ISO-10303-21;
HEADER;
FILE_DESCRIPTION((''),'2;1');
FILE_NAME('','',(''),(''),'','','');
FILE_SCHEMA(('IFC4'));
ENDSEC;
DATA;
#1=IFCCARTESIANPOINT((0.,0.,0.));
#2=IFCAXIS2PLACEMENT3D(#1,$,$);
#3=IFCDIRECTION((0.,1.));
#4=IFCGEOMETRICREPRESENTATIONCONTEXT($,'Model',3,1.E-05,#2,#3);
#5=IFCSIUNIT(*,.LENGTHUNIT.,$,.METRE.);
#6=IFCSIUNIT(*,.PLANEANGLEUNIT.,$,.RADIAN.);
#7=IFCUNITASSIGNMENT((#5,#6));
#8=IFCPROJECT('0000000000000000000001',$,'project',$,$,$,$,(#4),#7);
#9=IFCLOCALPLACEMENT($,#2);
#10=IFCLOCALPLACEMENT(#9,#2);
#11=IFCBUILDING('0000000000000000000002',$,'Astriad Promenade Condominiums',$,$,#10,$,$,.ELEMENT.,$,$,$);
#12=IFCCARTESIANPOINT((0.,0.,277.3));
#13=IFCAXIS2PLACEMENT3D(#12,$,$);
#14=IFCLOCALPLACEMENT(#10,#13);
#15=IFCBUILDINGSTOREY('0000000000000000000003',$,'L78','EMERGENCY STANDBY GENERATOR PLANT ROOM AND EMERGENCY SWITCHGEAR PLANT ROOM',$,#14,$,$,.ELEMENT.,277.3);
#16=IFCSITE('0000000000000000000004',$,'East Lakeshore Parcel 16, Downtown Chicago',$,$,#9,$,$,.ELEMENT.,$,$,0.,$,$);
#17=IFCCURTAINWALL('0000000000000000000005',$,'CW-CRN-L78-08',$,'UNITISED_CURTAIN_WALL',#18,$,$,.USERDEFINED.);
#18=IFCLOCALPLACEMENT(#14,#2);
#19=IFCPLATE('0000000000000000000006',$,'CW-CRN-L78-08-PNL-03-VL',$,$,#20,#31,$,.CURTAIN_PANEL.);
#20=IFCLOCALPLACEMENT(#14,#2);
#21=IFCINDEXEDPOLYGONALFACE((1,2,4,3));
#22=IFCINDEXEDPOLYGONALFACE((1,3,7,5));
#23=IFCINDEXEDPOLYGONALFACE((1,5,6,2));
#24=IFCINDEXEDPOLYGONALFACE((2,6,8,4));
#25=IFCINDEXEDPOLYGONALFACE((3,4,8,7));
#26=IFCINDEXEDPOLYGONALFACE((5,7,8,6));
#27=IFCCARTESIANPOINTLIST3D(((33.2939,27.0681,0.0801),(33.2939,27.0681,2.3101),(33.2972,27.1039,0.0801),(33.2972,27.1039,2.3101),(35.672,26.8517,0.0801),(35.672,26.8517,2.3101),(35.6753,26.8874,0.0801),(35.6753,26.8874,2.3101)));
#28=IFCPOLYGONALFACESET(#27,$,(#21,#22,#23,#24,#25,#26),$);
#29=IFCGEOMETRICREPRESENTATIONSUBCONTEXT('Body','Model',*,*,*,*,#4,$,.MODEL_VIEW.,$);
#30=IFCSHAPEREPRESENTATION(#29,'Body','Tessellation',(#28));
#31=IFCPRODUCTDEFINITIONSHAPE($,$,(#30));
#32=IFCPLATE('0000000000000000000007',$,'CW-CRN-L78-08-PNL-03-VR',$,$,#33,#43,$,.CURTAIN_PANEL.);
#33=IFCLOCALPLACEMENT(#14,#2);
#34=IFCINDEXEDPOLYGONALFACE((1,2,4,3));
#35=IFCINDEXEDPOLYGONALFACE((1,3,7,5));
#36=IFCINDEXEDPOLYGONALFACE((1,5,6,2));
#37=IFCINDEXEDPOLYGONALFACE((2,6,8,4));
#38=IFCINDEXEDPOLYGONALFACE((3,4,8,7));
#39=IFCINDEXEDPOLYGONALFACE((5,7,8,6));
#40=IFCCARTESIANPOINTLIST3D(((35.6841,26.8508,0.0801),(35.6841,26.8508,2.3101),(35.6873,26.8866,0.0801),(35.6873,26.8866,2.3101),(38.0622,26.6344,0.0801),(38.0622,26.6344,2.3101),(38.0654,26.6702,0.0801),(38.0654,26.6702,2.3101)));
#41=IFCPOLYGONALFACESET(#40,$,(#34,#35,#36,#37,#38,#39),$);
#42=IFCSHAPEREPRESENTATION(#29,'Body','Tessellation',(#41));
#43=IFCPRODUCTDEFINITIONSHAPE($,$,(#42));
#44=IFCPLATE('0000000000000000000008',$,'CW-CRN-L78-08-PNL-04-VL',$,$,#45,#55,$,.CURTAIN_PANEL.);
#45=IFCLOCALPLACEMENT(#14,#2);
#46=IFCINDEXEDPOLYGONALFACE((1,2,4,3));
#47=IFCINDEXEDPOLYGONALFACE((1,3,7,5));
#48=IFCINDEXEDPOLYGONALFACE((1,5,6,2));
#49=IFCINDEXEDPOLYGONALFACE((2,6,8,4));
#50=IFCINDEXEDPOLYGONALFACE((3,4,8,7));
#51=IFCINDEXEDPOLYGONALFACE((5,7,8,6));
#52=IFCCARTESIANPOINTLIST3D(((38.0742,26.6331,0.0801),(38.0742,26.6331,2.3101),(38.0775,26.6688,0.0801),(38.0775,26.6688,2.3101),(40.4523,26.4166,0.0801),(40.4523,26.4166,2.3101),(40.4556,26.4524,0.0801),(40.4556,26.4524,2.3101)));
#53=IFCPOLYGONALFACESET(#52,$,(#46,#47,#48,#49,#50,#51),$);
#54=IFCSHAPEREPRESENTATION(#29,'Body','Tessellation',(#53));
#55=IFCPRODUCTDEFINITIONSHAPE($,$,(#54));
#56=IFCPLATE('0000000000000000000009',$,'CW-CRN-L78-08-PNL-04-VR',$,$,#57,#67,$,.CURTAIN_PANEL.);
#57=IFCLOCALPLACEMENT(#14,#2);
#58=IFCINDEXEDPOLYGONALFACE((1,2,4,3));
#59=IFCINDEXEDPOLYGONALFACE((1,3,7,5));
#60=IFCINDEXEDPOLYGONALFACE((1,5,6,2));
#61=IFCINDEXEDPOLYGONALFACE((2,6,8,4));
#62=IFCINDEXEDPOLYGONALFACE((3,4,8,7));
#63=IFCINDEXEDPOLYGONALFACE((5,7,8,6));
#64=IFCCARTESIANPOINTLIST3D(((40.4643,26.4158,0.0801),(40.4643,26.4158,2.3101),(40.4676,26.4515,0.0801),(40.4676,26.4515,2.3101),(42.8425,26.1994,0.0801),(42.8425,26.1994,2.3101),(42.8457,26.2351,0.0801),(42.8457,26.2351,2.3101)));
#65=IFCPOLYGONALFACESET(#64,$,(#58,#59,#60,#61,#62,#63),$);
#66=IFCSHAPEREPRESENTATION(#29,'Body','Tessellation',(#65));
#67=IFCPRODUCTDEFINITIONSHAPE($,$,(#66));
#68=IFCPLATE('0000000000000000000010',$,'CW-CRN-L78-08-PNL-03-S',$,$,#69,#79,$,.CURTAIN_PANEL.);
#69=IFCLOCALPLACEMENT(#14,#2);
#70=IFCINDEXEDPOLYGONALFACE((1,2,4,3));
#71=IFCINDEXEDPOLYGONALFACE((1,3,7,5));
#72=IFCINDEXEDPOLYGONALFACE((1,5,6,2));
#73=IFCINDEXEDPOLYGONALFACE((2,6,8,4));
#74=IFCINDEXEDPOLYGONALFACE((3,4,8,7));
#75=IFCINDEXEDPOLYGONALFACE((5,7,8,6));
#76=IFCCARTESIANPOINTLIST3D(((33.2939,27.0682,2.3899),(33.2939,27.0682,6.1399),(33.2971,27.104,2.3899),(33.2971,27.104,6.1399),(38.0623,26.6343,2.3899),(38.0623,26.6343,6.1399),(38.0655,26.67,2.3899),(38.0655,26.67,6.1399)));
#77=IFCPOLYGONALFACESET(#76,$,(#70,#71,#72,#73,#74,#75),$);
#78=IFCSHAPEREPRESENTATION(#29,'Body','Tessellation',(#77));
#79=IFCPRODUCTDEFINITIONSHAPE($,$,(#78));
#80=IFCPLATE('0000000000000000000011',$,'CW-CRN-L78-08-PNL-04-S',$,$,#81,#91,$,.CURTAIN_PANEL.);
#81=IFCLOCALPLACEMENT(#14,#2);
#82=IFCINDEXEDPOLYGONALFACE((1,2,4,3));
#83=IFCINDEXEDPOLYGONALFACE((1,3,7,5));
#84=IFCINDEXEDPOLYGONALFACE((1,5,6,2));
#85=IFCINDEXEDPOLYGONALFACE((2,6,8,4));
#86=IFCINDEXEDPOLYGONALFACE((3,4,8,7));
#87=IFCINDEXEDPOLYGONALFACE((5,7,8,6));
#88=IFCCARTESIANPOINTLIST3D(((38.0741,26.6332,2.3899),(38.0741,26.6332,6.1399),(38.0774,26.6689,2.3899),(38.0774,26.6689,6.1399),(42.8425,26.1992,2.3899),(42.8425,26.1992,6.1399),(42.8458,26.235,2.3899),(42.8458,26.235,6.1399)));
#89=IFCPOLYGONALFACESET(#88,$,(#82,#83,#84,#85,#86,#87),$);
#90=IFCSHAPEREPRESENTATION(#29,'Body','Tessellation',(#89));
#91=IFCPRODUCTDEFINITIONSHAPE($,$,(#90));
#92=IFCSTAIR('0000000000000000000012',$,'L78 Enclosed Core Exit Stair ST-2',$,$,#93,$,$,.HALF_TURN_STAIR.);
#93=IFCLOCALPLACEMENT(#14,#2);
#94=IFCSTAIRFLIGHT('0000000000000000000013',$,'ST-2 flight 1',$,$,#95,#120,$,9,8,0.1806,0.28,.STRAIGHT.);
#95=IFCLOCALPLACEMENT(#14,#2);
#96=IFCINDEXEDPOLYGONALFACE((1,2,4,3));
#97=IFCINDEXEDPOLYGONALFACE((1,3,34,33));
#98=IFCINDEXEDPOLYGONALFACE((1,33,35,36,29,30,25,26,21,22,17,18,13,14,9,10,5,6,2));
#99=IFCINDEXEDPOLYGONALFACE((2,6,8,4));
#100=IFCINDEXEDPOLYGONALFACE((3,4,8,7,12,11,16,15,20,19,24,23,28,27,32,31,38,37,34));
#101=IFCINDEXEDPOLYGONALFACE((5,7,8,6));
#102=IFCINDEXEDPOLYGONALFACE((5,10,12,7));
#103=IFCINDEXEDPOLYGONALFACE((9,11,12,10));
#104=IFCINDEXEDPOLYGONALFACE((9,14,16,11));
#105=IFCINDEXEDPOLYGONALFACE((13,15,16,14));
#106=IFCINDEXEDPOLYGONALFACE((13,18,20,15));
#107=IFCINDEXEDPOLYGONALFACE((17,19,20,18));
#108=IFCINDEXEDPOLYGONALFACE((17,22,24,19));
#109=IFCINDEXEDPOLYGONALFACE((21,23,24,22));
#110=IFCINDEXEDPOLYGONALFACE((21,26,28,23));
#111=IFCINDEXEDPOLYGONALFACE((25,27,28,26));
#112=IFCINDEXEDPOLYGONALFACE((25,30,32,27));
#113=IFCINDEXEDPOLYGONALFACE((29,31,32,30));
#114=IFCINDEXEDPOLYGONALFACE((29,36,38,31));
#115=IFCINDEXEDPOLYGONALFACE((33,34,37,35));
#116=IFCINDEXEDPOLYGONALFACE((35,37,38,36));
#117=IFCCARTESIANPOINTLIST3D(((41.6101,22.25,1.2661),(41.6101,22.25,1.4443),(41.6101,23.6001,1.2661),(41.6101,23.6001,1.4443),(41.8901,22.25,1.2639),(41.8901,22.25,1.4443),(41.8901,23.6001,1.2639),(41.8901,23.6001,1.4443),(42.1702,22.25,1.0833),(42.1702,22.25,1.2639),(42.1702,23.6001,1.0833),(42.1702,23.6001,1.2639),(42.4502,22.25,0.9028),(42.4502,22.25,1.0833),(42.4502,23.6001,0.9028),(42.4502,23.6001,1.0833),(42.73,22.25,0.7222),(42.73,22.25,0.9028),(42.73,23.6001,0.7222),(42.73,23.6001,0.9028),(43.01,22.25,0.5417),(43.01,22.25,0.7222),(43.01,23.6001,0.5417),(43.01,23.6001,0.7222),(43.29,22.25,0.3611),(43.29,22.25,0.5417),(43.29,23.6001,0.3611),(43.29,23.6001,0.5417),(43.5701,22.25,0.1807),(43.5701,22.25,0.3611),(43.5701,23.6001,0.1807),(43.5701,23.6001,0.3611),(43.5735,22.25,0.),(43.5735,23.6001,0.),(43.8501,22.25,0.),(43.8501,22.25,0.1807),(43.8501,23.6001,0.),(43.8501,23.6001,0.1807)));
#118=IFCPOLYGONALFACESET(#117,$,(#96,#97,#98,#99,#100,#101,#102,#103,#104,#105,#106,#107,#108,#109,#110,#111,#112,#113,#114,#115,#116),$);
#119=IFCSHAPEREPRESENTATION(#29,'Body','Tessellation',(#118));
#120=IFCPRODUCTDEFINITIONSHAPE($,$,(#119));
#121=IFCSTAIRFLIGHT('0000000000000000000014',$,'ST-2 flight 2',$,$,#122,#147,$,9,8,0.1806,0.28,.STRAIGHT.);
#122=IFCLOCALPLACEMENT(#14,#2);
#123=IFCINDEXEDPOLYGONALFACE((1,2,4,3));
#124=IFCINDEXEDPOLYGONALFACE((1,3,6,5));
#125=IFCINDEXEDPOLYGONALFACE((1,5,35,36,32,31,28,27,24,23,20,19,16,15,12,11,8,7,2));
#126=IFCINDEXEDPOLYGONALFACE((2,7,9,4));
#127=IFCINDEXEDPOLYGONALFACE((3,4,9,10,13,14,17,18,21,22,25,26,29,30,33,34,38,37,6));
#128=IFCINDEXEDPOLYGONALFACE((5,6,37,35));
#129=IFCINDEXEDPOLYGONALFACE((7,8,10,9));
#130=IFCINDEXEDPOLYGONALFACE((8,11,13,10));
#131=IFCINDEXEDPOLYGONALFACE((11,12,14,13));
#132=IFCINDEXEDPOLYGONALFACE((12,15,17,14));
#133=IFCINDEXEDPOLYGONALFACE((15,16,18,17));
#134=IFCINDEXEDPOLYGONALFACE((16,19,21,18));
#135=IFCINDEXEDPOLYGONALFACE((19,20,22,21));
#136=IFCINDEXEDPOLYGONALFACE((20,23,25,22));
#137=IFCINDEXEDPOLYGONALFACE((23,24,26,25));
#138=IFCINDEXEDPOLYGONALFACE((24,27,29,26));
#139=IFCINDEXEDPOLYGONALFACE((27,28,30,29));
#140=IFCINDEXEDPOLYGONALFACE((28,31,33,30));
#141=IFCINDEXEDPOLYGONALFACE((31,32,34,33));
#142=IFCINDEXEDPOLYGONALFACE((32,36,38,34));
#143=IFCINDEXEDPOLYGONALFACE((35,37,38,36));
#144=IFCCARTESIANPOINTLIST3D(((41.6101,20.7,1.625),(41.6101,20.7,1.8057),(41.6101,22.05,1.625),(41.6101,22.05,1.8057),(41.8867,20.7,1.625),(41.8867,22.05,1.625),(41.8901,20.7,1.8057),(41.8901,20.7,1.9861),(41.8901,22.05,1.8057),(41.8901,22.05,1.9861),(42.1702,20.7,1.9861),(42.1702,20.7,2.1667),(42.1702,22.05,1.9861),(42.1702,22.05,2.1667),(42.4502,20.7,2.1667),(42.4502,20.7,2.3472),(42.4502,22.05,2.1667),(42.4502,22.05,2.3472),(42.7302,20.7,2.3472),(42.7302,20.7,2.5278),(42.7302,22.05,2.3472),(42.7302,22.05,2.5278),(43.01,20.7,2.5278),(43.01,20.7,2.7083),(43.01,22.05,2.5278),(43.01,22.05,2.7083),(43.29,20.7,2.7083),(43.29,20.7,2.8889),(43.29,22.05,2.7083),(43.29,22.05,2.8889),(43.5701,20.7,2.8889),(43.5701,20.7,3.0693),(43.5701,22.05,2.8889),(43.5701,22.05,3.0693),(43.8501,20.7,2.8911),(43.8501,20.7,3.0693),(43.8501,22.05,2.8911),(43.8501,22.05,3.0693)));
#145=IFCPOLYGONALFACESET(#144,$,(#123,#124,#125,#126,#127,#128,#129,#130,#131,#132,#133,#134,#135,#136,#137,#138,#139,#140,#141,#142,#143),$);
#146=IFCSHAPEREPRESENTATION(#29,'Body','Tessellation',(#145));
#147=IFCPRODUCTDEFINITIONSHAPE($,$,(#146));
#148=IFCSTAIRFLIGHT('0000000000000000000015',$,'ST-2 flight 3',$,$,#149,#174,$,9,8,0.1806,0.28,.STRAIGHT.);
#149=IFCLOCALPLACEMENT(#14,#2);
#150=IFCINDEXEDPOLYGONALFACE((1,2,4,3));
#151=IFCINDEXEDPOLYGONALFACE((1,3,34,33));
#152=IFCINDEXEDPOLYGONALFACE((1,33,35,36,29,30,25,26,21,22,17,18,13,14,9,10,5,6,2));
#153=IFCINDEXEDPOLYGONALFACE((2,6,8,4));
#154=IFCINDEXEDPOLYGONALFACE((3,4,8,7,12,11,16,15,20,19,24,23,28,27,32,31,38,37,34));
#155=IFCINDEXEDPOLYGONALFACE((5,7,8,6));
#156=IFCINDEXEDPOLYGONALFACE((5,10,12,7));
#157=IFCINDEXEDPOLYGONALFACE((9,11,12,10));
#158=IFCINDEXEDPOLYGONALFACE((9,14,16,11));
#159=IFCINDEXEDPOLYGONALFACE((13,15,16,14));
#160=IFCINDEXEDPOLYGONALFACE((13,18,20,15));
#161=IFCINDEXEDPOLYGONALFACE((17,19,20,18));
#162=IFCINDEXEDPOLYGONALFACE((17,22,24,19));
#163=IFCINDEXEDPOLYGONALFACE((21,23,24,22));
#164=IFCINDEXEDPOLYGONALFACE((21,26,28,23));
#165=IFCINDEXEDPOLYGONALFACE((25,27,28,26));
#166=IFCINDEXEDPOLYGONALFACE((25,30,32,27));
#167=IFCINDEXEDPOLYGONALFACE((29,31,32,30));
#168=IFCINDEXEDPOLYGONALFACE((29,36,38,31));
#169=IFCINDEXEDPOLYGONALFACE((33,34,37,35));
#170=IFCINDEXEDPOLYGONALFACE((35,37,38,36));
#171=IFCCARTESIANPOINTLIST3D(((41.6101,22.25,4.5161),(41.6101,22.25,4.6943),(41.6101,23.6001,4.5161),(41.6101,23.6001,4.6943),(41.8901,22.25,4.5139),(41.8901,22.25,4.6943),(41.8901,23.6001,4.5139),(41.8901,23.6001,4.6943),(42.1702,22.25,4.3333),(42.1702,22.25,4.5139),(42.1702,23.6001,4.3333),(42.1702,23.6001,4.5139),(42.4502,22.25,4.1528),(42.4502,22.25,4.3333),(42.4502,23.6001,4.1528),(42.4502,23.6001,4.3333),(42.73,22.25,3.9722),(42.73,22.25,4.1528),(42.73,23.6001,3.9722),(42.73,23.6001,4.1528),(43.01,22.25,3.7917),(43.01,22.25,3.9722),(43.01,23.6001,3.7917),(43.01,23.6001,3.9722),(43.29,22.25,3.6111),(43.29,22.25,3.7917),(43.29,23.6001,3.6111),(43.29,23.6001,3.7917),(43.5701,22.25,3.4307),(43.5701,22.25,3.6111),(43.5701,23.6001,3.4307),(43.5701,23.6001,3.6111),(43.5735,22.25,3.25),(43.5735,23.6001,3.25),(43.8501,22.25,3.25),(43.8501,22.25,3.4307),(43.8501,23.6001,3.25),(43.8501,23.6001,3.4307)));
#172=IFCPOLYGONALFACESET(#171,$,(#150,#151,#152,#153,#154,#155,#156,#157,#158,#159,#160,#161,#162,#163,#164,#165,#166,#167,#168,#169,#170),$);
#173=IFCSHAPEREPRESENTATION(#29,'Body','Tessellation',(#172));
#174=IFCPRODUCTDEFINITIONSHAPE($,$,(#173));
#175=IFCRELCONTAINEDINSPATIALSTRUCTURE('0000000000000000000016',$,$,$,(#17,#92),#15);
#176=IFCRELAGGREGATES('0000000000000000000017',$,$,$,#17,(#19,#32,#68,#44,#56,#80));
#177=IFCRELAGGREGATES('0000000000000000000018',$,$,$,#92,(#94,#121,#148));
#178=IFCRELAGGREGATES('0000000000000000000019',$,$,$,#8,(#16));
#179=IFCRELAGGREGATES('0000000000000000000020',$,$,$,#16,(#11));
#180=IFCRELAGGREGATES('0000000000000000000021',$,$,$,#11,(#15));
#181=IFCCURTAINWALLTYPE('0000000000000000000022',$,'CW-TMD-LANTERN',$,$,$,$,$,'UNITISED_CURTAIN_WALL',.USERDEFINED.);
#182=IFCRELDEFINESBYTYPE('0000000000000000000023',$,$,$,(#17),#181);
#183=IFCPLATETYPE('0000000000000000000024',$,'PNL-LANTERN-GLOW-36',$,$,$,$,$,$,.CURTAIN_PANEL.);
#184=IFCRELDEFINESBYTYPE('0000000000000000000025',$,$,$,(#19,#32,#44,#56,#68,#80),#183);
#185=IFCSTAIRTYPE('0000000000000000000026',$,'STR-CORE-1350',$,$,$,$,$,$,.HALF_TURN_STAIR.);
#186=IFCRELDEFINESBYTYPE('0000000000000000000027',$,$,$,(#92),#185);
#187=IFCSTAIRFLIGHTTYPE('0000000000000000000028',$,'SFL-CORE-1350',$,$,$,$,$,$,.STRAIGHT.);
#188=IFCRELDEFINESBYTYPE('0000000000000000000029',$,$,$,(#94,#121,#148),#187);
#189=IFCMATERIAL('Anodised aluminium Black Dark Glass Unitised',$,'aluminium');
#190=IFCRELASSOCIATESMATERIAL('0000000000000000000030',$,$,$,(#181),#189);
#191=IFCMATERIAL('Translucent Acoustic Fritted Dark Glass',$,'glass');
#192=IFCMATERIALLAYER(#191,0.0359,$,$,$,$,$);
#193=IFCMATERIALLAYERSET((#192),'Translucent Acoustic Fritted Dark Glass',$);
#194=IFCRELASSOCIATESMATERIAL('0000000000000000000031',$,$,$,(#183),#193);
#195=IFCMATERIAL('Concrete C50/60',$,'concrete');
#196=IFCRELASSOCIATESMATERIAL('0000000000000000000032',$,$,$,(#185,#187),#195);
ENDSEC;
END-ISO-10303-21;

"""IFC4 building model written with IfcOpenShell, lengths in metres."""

from ifc_helpers import new_model, si_unit, direction, frame, origin, origin_2d, place, context, subcontext, project, spatial, polyline, rectangle, outline, extrude, source, transform, mapped, material, layer, layer_set, type_object, type_shapes, element, aggregate, save


model = new_model("IFC4")

# Units and contexts
model_context = context("Model", 3, precision=1e-05, world=origin(), true_north=direction((0.0, 1.0)))
body_context = subcontext(model_context, "Body", "Model", "MODEL_VIEW")
ifc_project = project(units=[si_unit("LENGTHUNIT", "METRE"), si_unit("PLANEANGLEUNIT", "RADIAN")], contexts=[model_context])

# Site, building, storey
site_placement = place(None, origin())
site = spatial("IfcSite", under=ifc_project, at=site_placement, Name="East Lakeshore Parcel 16, Downtown Chicago", CompositionType="ELEMENT", RefElevation=0.0)
building_placement = place(site_placement, origin())
building = spatial("IfcBuilding", under=site, at=building_placement, Name="Astriad Promenade Condominiums", CompositionType="ELEMENT")
storey_placement = place(building_placement, frame((0.0, 0.0, 277.3)))
storey = spatial("IfcBuildingStorey", under=building, at=storey_placement, Name="L78", Description="EMERGENCY STANDBY GENERATOR PLANT ROOM AND EMERGENCY SWITCHGEAR PLANT ROOM", CompositionType="ELEMENT", Elevation=277.3)

# Curtain wall
ifc_material_1 = material(Name="Anodised aluminium Black Dark Glass Unitised", Category="aluminium")
curtain_wall_type = type_object("IfcCurtainWallType", Name="CW-TMD-LANTERN", ElementType="UNITISED_CURTAIN_WALL", PredefinedType="USERDEFINED", material=ifc_material_1)
curtain_wall_placement = place(storey_placement, origin())
curtain_wall = element("IfcCurtainWall", 1, at=curtain_wall_placement, inside=storey, type_object=curtain_wall_type, Name="CW-CRN-L78-08", ObjectType="UNITISED_CURTAIN_WALL", PredefinedType="USERDEFINED")

# Plates
ifc_material_2 = material(Name="Translucent Acoustic Fritted Dark Glass", Category="glass")
ifc_layer_1 = layer(ifc_material_2, 0.0359)
ifc_layer_set_1 = layer_set([ifc_layer_1], Name="Translucent Acoustic Fritted Dark Glass")
plate_type_1 = type_object("IfcPlateType", Name="PNL-LANTERN-GLOW-36", PredefinedType="CURTAIN_PANEL", material=ifc_layer_set_1)
shared_shape_1 = source(origin(), body_context, "Body", "SweptSolid", [
    extrude(rectangle(XDim=2.3879, YDim=0.0359, at=origin_2d()), origin(), (0.0, 0.0, 1.0), 2.23),
])
plate_1_placement = place(storey_placement, frame((34.4846, 26.9778, 0.0801), z_axis=(0.0, 0.0, 1.0), x_axis=(0.995884, -0.090633, 0.0)))
plate_1 = element("IfcPlate", 2, at=plate_1_placement, type_object=plate_type_1, Name="CW-CRN-L78-08-PNL-03-VL", PredefinedType="CURTAIN_PANEL", context=body_context, shape_type="MappedRepresentation", body=[
    mapped(shared_shape_1, transform((0.0, 0.0, 0.0), scale=1.0)),
])
plate_2_placement = place(storey_placement, frame((36.8748, 26.7605, 0.0801), z_axis=(0.0, 0.0, 1.0), x_axis=(0.995884, -0.090633, 0.0)))
plate_2 = element("IfcPlate", 3, at=plate_2_placement, type_object=plate_type_1, Name="CW-CRN-L78-08-PNL-03-VR", PredefinedType="CURTAIN_PANEL", context=body_context, shape_type="MappedRepresentation", body=[
    mapped(shared_shape_1, transform((0.0, 0.0, 0.0), scale=1.0)),
])
plate_3_placement = place(storey_placement, frame((39.2649, 26.5427, 0.0801), z_axis=(0.0, 0.0, 1.0), x_axis=(0.995884, -0.090633, 0.0)))
plate_3 = element("IfcPlate", 4, at=plate_3_placement, type_object=plate_type_1, Name="CW-CRN-L78-08-PNL-04-VL", PredefinedType="CURTAIN_PANEL", context=body_context, shape_type="MappedRepresentation", body=[
    mapped(shared_shape_1, transform((0.0, 0.0, 0.0), scale=1.0)),
])
plate_4_placement = place(storey_placement, frame((41.655, 26.3254, 0.0801), z_axis=(0.0, 0.0, 1.0), x_axis=(0.995884, -0.090633, 0.0)))
plate_4 = element("IfcPlate", 5, at=plate_4_placement, type_object=plate_type_1, Name="CW-CRN-L78-08-PNL-04-VR", PredefinedType="CURTAIN_PANEL", context=body_context, shape_type="MappedRepresentation", body=[
    mapped(shared_shape_1, transform((0.0, 0.0, 0.0), scale=1.0)),
])
shared_shape_2 = source(origin(), body_context, "Body", "SweptSolid", [
    extrude(rectangle(XDim=4.7881, YDim=0.0359, at=origin_2d()), origin(), (0.0, 0.0, 1.0), 3.75),
])
type_shapes(plate_type_1, [shared_shape_1, shared_shape_2])
plate_5_placement = place(storey_placement, frame((35.6797, 26.8691, 2.3899), z_axis=(0.0, 0.0, 1.0), x_axis=(0.995884, -0.090633, 0.0)))
plate_5 = element("IfcPlate", 6, at=plate_5_placement, type_object=plate_type_1, Name="CW-CRN-L78-08-PNL-03-S", PredefinedType="CURTAIN_PANEL", context=body_context, shape_type="MappedRepresentation", body=[
    mapped(shared_shape_2, transform((0.0, 0.0, 0.0), scale=1.0)),
])
plate_6_placement = place(storey_placement, frame((40.46, 26.4341, 2.3899), z_axis=(0.0, 0.0, 1.0), x_axis=(0.995884, -0.090633, 0.0)))
plate_6 = element("IfcPlate", 7, at=plate_6_placement, type_object=plate_type_1, Name="CW-CRN-L78-08-PNL-04-S", PredefinedType="CURTAIN_PANEL", context=body_context, shape_type="MappedRepresentation", body=[
    mapped(shared_shape_2, transform((0.0, 0.0, 0.0), scale=1.0)),
])
aggregate(curtain_wall, [plate_1, plate_2, plate_5, plate_3, plate_4, plate_6])

# Stair, stair flights
ifc_material_3 = material(Name="Concrete C50/60", Category="concrete")
stair_type = type_object("IfcStairType", Name="STR-CORE-1350", PredefinedType="HALF_TURN_STAIR", material=ifc_material_3)
stair_placement = place(storey_placement, origin())
stair = element("IfcStair", 8, at=stair_placement, inside=storey, type_object=stair_type, Name="L78 Enclosed Core Exit Stair ST-2", PredefinedType="HALF_TURN_STAIR")
stair_flight_type = type_object("IfcStairFlightType", Name="SFL-CORE-1350", PredefinedType="STRAIGHT", material=ifc_material_3)
shared_shape_3 = source(origin(), body_context, "Body", "SweptSolid", [
    extrude(outline(polyline([(0.0, 0.0), (0.0, 0.1807), (0.28, 0.1807), (0.28, 0.3611), (0.5601, 0.3611), (0.5601, 0.5417), (0.8401, 0.5417), (0.8401, 0.7222), (1.1201, 0.7222), (1.1201, 0.9028), (1.3999, 0.9028), (1.3999, 1.0833), (1.6799, 1.0833), (1.6799, 1.2639), (1.96, 1.2639), (1.96, 1.4443), (2.24, 1.4443), (2.24, 1.625), (2.24, 1.2661), (0.2766, 0.0), (0.0, 0.0)])), frame((0.0, 0.675, 0.0), z_axis=(0.0, -1.0, 0.0), x_axis=(1.0, 0.0, 0.0)), (0.0, 0.0, 1.0), 1.3501),
])
type_shapes(stair_flight_type, [shared_shape_3])
stair_flight_1_placement = place(storey_placement, frame((43.8501, 22.925, 0.0), z_axis=(0.0, 0.0, 1.0), x_axis=(-1.0, 0.0, 0.0)))
stair_flight_1 = element("IfcStairFlight", 9, at=stair_flight_1_placement, type_object=stair_flight_type, Name="ST-2 flight 1", NumberOfRisers=9, NumberOfTreads=8, PredefinedType="STRAIGHT", RiserHeight=0.1806, TreadLength=0.28, context=body_context, shape_type="MappedRepresentation", body=[
    mapped(shared_shape_3, transform((0.0, 0.0, 0.0), scale=1.0)),
])
stair_flight_2_placement = place(storey_placement, frame((41.6101, 21.375, 1.625), z_axis=(0.0, 0.0, 1.0), x_axis=(1.0, 0.0, 0.0)))
stair_flight_2 = element("IfcStairFlight", 10, at=stair_flight_2_placement, type_object=stair_flight_type, Name="ST-2 flight 2", NumberOfRisers=9, NumberOfTreads=8, PredefinedType="STRAIGHT", RiserHeight=0.1806, TreadLength=0.28, context=body_context, shape_type="MappedRepresentation", body=[
    mapped(shared_shape_3, transform((0.0, 0.0, 0.0), scale=1.0)),
])
stair_flight_3_placement = place(storey_placement, frame((43.8501, 22.925, 3.25), z_axis=(0.0, 0.0, 1.0), x_axis=(-1.0, 0.0, 0.0)))
stair_flight_3 = element("IfcStairFlight", 11, at=stair_flight_3_placement, type_object=stair_flight_type, Name="ST-2 flight 3", NumberOfRisers=9, NumberOfTreads=8, PredefinedType="STRAIGHT", RiserHeight=0.1806, TreadLength=0.28, context=body_context, shape_type="MappedRepresentation", body=[
    mapped(shared_shape_3, transform((0.0, 0.0, 0.0), scale=1.0)),
])
aggregate(stair, [stair_flight_1, stair_flight_2, stair_flight_3])

save(model, "model.ifc")
